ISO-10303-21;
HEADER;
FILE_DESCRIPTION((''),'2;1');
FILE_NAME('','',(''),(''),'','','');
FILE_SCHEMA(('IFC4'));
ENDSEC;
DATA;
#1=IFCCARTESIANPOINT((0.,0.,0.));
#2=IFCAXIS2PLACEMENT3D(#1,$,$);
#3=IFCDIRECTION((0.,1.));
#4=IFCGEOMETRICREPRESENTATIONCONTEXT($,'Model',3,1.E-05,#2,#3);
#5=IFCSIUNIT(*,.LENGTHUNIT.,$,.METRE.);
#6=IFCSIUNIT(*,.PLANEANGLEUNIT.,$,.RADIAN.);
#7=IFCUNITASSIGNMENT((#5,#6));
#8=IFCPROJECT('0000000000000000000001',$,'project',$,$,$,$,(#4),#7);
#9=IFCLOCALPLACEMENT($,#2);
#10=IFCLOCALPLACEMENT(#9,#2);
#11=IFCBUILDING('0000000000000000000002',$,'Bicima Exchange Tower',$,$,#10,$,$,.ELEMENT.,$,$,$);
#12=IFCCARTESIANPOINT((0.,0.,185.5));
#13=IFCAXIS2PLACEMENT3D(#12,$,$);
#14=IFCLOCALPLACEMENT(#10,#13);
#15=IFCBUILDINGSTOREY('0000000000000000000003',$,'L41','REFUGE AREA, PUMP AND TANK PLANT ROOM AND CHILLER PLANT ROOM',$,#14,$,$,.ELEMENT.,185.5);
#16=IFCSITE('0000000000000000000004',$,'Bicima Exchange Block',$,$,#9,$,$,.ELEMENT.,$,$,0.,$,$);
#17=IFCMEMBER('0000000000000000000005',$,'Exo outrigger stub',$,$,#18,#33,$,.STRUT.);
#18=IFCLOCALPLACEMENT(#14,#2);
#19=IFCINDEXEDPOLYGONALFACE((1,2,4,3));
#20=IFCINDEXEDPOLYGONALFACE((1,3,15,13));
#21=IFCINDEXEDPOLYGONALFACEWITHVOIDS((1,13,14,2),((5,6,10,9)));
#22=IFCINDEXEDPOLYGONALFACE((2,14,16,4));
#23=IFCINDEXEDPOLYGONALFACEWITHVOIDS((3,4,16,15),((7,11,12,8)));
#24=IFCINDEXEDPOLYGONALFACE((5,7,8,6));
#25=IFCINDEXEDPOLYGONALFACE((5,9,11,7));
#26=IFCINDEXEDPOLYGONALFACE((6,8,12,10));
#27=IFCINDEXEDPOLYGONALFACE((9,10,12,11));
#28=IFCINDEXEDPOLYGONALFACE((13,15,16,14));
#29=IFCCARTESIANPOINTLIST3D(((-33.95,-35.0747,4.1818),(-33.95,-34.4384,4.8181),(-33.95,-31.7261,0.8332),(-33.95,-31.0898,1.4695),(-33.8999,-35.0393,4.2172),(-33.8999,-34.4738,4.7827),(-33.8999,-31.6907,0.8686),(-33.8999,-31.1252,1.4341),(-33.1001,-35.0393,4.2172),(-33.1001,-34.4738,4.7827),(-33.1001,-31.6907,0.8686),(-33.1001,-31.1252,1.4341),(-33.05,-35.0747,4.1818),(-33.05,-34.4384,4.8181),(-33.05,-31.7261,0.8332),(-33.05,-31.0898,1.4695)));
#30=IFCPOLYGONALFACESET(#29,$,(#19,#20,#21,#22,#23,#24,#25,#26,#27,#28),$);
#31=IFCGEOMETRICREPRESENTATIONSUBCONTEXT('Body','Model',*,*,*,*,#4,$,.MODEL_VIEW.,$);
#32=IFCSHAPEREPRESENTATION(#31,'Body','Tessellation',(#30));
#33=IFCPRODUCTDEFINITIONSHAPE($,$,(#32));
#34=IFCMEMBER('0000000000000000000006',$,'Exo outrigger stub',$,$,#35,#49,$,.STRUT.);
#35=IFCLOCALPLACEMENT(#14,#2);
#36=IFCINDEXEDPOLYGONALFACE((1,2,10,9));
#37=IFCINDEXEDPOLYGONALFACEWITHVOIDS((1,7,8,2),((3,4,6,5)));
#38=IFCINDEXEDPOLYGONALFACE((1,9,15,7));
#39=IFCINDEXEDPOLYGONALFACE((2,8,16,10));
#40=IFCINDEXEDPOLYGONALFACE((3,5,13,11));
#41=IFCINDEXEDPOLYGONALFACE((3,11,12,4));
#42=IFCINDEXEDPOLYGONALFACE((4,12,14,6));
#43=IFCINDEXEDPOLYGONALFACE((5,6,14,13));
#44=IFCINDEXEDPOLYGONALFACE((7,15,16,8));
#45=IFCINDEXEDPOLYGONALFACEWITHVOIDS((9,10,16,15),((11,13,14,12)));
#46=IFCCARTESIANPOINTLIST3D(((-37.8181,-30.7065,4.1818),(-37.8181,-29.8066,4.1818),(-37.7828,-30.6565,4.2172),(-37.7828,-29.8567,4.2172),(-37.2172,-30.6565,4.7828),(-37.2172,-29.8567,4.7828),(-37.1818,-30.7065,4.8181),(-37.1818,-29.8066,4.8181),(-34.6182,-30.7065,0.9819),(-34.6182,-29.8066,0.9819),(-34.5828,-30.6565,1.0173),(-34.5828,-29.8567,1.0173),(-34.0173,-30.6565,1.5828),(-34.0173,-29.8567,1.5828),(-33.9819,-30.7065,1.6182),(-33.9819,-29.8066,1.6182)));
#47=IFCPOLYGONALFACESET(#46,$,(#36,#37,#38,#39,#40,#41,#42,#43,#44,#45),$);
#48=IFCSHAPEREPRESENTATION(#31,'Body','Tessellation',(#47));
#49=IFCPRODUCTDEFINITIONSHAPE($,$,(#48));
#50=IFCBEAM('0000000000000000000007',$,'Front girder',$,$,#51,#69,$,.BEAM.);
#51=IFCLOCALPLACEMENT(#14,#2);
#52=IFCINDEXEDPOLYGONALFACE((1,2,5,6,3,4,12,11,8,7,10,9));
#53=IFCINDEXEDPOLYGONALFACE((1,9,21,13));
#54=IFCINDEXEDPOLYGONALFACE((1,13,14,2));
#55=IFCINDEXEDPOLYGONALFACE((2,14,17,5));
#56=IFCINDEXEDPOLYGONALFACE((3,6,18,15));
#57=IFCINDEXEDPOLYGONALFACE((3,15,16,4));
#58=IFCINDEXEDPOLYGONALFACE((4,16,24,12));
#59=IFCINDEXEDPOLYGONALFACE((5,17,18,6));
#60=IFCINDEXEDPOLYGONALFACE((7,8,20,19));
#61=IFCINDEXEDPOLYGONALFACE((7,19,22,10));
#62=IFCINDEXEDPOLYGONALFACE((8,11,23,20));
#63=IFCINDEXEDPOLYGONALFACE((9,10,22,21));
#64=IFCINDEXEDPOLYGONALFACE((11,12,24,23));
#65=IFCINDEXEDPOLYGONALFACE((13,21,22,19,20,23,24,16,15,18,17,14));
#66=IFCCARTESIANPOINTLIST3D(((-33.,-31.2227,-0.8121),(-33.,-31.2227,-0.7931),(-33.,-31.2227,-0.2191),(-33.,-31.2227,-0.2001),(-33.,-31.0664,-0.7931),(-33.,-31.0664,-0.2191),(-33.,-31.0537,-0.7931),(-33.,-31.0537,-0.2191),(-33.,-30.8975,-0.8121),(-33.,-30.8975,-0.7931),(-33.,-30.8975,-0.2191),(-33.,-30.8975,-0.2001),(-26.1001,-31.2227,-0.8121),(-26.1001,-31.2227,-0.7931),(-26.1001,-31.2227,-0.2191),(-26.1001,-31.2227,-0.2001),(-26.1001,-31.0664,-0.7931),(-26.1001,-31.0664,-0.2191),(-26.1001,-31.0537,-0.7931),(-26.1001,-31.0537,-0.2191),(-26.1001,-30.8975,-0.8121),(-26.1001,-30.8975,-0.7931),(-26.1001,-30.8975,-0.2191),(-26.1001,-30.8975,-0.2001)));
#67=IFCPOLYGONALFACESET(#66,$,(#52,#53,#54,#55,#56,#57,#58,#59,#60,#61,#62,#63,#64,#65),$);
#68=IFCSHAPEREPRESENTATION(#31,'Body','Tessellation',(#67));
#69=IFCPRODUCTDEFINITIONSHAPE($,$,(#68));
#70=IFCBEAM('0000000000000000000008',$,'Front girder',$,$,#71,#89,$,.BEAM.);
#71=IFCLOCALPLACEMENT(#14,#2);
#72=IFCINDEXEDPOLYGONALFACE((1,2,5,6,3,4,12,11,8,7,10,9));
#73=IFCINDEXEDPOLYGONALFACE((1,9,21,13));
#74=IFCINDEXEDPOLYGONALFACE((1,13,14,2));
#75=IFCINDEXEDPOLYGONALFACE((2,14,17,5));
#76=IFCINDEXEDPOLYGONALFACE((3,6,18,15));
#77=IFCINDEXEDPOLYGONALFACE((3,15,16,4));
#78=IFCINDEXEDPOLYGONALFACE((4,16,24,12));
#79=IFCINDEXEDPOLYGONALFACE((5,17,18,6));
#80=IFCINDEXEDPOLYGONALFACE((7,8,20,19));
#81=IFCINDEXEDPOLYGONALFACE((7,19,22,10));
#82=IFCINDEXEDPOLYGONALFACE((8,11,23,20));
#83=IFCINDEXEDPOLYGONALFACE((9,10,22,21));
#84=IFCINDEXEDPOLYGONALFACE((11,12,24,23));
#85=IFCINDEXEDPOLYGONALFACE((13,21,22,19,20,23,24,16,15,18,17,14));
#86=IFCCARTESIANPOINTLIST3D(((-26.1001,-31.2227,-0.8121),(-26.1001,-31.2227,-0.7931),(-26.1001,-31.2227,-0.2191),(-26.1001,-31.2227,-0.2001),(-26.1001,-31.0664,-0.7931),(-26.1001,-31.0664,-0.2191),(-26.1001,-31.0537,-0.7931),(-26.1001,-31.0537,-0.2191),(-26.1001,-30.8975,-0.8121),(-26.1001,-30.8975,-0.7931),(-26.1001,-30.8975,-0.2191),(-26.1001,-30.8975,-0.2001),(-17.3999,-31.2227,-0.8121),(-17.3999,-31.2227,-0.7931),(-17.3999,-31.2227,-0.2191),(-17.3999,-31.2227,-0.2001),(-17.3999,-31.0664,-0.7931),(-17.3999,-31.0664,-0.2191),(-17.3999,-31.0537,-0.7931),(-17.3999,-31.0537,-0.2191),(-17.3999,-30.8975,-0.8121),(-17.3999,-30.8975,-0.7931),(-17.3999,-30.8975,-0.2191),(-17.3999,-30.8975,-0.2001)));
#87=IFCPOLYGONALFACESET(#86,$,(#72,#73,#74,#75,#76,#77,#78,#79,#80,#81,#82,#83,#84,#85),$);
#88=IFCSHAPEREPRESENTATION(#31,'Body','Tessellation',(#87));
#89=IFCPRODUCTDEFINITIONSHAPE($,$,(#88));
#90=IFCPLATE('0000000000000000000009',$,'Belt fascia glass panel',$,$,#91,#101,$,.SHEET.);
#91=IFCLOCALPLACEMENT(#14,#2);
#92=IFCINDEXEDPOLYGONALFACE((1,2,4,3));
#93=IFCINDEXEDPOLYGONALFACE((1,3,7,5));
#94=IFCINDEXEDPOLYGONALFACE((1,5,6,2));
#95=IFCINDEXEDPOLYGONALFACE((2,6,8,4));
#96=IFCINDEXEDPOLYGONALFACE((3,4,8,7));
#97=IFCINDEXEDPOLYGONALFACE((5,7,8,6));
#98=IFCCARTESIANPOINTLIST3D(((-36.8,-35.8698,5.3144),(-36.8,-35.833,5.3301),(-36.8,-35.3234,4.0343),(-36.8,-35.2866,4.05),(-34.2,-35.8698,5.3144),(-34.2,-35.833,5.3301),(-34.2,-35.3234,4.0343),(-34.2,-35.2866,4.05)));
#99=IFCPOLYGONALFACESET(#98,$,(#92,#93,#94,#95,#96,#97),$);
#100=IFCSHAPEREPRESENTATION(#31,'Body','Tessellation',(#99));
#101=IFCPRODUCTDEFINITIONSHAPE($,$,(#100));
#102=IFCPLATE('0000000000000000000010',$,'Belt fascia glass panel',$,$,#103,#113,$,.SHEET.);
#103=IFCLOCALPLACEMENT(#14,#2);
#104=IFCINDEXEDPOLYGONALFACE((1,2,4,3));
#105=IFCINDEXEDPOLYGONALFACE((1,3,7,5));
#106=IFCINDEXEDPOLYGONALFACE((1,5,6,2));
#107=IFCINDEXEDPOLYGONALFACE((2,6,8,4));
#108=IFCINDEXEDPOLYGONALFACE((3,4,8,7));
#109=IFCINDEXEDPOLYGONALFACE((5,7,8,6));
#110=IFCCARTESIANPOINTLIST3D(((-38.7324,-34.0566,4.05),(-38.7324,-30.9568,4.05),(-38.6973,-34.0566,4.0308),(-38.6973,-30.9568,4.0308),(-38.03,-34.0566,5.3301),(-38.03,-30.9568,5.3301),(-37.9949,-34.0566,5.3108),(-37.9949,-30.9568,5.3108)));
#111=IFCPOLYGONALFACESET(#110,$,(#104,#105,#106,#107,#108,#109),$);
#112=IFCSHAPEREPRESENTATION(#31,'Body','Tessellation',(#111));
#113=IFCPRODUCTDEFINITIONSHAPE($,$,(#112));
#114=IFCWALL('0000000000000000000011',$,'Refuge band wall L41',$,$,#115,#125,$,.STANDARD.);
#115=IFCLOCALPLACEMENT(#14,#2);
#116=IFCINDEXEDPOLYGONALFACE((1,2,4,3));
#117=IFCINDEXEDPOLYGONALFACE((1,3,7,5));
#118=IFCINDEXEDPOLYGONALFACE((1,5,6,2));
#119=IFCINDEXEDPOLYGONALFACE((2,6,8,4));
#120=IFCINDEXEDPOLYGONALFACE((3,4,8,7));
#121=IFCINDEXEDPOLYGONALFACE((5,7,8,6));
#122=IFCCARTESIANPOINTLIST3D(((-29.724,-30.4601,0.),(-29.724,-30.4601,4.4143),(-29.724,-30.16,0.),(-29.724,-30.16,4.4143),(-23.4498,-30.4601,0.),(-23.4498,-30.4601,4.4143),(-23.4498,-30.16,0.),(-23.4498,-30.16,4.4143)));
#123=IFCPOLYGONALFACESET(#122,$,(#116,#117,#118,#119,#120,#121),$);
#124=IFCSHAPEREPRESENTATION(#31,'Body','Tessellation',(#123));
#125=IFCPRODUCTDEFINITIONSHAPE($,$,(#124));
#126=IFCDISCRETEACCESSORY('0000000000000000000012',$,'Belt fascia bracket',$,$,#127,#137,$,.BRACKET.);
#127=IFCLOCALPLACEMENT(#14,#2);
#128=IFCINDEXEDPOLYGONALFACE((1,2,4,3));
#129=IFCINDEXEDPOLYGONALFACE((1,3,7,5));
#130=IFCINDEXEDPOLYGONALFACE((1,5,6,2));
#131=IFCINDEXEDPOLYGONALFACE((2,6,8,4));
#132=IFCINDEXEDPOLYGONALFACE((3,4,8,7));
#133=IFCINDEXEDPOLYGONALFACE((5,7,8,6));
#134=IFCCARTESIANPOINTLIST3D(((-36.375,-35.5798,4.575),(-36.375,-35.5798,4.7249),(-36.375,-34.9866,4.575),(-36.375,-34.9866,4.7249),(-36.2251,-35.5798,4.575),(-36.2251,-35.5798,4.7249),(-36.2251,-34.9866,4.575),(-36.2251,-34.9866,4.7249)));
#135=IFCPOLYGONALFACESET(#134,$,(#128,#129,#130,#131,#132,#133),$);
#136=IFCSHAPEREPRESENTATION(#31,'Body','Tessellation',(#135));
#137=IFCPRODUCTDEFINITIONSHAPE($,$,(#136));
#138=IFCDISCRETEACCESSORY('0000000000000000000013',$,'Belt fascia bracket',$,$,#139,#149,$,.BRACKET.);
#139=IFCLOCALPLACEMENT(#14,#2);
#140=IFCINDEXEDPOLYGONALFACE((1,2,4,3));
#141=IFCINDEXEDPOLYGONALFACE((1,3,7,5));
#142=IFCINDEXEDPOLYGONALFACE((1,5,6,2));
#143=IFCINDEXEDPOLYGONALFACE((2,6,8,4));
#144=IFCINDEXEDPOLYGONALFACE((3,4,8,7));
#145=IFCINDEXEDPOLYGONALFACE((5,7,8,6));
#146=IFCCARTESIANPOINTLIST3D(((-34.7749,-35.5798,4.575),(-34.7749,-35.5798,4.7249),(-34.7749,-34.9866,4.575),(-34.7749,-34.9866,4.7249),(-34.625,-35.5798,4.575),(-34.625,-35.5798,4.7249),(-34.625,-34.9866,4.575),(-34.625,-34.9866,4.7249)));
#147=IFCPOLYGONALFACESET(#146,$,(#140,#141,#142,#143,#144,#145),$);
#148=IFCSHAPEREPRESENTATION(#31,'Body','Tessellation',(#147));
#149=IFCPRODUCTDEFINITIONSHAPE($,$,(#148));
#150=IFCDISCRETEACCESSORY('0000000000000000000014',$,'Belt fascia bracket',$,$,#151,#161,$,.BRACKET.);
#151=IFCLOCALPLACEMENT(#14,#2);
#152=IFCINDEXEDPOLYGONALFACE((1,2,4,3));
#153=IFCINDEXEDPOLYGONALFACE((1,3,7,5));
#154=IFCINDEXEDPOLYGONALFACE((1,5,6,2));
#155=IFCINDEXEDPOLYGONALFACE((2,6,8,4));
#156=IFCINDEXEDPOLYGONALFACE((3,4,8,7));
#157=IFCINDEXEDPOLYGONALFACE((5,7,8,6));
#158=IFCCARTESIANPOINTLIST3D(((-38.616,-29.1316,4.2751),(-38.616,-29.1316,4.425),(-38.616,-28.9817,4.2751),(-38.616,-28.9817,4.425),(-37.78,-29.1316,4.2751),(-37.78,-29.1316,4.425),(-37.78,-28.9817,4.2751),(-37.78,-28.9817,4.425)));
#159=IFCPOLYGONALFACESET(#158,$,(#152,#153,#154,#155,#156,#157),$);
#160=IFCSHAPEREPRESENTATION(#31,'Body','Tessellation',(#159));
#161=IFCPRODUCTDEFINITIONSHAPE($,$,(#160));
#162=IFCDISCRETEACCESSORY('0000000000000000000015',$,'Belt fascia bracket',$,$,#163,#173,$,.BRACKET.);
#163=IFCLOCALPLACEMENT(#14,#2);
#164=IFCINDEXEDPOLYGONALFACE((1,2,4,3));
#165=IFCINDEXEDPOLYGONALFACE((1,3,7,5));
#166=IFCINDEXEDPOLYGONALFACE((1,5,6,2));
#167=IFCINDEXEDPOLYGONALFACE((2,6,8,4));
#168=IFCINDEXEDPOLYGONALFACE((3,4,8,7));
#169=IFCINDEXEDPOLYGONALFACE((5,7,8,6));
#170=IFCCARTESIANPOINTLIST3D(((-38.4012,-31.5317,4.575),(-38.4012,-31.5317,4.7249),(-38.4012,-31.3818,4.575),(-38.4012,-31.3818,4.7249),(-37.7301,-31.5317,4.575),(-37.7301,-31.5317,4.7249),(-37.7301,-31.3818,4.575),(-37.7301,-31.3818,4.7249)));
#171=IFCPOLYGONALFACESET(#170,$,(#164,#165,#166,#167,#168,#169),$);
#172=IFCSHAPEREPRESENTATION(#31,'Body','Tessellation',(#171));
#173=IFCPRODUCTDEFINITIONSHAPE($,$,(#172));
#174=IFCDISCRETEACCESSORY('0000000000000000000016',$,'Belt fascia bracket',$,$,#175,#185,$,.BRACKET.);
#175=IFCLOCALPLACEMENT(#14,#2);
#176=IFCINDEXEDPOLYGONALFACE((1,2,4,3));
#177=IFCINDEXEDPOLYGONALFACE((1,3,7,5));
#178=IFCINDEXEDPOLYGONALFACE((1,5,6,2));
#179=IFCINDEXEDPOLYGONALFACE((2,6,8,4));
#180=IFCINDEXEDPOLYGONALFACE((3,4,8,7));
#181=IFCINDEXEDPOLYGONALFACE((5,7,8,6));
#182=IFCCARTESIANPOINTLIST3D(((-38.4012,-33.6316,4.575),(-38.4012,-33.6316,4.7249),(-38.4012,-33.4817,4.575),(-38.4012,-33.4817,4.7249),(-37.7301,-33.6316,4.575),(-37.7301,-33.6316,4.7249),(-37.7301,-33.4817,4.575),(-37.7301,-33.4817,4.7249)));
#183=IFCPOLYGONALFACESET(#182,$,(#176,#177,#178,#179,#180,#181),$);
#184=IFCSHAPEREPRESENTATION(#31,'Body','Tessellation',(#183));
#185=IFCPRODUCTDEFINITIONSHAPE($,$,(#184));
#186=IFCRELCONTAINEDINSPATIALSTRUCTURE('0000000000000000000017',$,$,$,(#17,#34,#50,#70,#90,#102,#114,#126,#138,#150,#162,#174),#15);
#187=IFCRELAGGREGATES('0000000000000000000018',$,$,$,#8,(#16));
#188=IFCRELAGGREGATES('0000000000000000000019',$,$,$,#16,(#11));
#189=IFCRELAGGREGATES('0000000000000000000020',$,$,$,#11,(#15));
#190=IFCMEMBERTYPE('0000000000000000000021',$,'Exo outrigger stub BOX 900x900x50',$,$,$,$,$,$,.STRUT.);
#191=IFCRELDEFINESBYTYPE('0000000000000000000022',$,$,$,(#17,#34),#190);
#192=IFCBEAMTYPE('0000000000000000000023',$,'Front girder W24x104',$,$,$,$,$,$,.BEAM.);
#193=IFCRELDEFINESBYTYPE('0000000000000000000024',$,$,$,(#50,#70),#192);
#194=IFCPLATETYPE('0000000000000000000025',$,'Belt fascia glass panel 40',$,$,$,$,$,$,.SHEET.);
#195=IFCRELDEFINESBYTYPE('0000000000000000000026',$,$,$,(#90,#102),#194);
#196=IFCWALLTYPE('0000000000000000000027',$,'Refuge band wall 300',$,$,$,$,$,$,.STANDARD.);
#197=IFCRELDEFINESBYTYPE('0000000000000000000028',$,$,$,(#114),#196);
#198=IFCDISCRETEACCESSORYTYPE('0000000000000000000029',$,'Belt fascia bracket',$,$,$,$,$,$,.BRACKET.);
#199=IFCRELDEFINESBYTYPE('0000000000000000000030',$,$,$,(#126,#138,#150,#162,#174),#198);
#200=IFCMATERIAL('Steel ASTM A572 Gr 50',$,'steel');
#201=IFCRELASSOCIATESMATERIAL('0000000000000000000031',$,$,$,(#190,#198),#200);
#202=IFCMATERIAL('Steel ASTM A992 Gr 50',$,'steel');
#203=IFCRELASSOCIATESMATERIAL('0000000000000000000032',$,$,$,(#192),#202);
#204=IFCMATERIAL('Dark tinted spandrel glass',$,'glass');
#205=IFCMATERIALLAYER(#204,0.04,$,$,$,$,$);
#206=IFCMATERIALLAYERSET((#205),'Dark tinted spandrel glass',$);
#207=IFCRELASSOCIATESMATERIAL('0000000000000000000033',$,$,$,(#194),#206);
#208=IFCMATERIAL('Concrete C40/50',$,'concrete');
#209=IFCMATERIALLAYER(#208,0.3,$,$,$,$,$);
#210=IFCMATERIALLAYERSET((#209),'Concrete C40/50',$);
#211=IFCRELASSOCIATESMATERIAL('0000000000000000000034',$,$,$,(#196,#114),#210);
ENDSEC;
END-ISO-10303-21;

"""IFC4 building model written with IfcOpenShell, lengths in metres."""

from ifc_helpers import new_model, si_unit, direction, frame, frame_2d, origin, origin_2d, place, context, subcontext, project, spatial, polyline, rectangle, hollow_rectangle, i_section, outline, extrude, material, layer, layer_set, layer_usage, material_profile, profile_set, type_object, element, save


model = new_model("IFC4")

# Units and contexts
model_context = context("Model", 3, precision=1e-05, world=origin(), true_north=direction((0.0, 1.0)))
body_context = subcontext(model_context, "Body", "Model", "MODEL_VIEW")
ifc_project = project(units=[si_unit("LENGTHUNIT", "METRE"), si_unit("PLANEANGLEUNIT", "RADIAN")], contexts=[model_context])

# Site, building, storey
site_placement = place(None, origin())
site = spatial("IfcSite", under=ifc_project, at=site_placement, Name="Bicima Exchange Block", CompositionType="ELEMENT", RefElevation=0.0)
building_placement = place(site_placement, origin())
building = spatial("IfcBuilding", under=site, at=building_placement, Name="Bicima Exchange Tower", CompositionType="ELEMENT")
storey_placement = place(building_placement, frame((0.0, 0.0, 185.5)))
storey = spatial("IfcBuildingStorey", under=building, at=storey_placement, Name="L41", Description="REFUGE AREA, PUMP AND TANK PLANT ROOM AND CHILLER PLANT ROOM", CompositionType="ELEMENT", Elevation=185.5)

# Shared definitions
ifc_material_1 = material(Name="Steel ASTM A572 Gr 50", Category="steel")
ifc_material_2 = material(Name="Steel ASTM A992 Gr 50", Category="steel")

# Members
ifc_material_profile_1 = material_profile(ifc_material_1, hollow_rectangle(XDim=0.8999, YDim=0.8999, WallThickness=0.05, at=origin_2d()))
ifc_profile_set_1 = profile_set([ifc_material_profile_1], Name="Steel ASTM A572 Gr 50")
member_type_1 = type_object("IfcMemberType", Name="Exo outrigger stub BOX 900x900x50", PredefinedType="STRUT", material=ifc_profile_set_1)
member_1_placement = place(storey_placement, frame((-33.5, -31.408, 1.1514), z_axis=(0.0, -0.707107, 0.707107), x_axis=(1.0, 0.0, 0.0)))
element("IfcMember", 1, at=member_1_placement, inside=storey, type_object=member_type_1, Name="Exo outrigger stub", PredefinedType="STRUT", context=body_context, shape_type="SweptSolid", body=[
    extrude(hollow_rectangle(XDim=0.8999, YDim=0.8999, WallThickness=0.05, at=origin_2d()), origin(), (0.0, 0.0, 1.0), 4.7356),
])
member_2_placement = place(storey_placement, frame((-34.3, -30.2566, 1.3), z_axis=(-0.707107, 0.0, 0.707107), x_axis=(0.0, -1.0, 0.0)))
element("IfcMember", 2, at=member_2_placement, inside=storey, type_object=member_type_1, Name="Exo outrigger stub", PredefinedType="STRUT", context=body_context, shape_type="SweptSolid", body=[
    extrude(hollow_rectangle(XDim=0.8999, YDim=0.8999, WallThickness=0.05, at=origin_2d()), origin(), (0.0, 0.0, 1.0), 4.5254),
])

# Beams
ifc_material_profile_2 = material_profile(ifc_material_2, i_section(OverallWidth=0.3252, OverallDepth=0.6121, WebThickness=0.0127, FlangeThickness=0.019, at=origin_2d()))
ifc_profile_set_2 = profile_set([ifc_material_profile_2], Name="Steel ASTM A992 Gr 50")
beam_type_1 = type_object("IfcBeamType", Name="Front girder W24x104", PredefinedType="BEAM", material=ifc_profile_set_2)
beam_1_placement = place(storey_placement, frame((-33.0, -31.0601, -0.5061), z_axis=(1.0, 0.0, 0.0), x_axis=(0.0, 1.0, 0.0)))
element("IfcBeam", 3, at=beam_1_placement, inside=storey, type_object=beam_type_1, Name="Front girder", PredefinedType="BEAM", context=body_context, shape_type="SweptSolid", body=[
    extrude(i_section(OverallWidth=0.3252, OverallDepth=0.6121, WebThickness=0.0127, FlangeThickness=0.019, at=origin_2d()), origin(), (0.0, 0.0, 1.0), 6.8999),
])
beam_2_placement = place(storey_placement, frame((-26.1001, -31.0601, -0.5061), z_axis=(1.0, 0.0, 0.0), x_axis=(0.0, 1.0, 0.0)))
element("IfcBeam", 4, at=beam_2_placement, inside=storey, type_object=beam_type_1, Name="Front girder", PredefinedType="BEAM", context=body_context, shape_type="SweptSolid", body=[
    extrude(i_section(OverallWidth=0.3252, OverallDepth=0.6121, WebThickness=0.0127, FlangeThickness=0.019, at=origin_2d()), origin(), (0.0, 0.0, 1.0), 8.7002),
])

# Plates
ifc_material_3 = material(Name="Dark tinted spandrel glass", Category="glass")
ifc_layer_1 = layer(ifc_material_3, 0.04)
ifc_layer_set_1 = layer_set([ifc_layer_1], Name="Dark tinted spandrel glass")
plate_type = type_object("IfcPlateType", Name="Belt fascia glass panel 40", PredefinedType="SHEET", material=ifc_layer_set_1)
plate_1_placement = place(storey_placement, frame((-36.8, -35.2866, 4.05), z_axis=(0.0, 0.919716, 0.392585), x_axis=(1.0, 0.0, 0.0)))
element("IfcPlate", 5, at=plate_1_placement, inside=storey, type_object=plate_type, Name="Belt fascia glass panel", PredefinedType="SHEET", context=body_context, shape_type="SweptSolid", body=[
    extrude(outline(polyline([(0.0, 0.0), (2.6001, 0.0), (2.6001, -1.3918), (0.0, -1.3918), (0.0, 0.0)])), origin(), (0.0, 0.0, -1.0), 0.04),
])
plate_2_placement = place(storey_placement, frame((-38.7324, -30.9568, 4.05), z_axis=(-0.876685, 0.0, 0.481065), x_axis=(0.0, -1.0, 0.0)))
element("IfcPlate", 6, at=plate_2_placement, inside=storey, type_object=plate_type, Name="Belt fascia glass panel", PredefinedType="SHEET", context=body_context, shape_type="SweptSolid", body=[
    extrude(outline(polyline([(0.0, 0.0), (3.0999, 0.0), (3.0999, 1.4601), (0.0, 1.4601), (0.0, 0.0)])), origin(), (0.0, 0.0, -1.0), 0.04),
])

# Wall
ifc_material_4 = material(Name="Concrete C40/50", Category="concrete")
ifc_layer_2 = layer(ifc_material_4, 0.3)
ifc_layer_set_2 = layer_set([ifc_layer_2], Name="Concrete C40/50")
ifc_layer_usage = layer_usage(ifc_layer_set_2, "AXIS2", "POSITIVE", -0.15)
wall_type = type_object("IfcWallType", Name="Refuge band wall 300", PredefinedType="STANDARD", material=ifc_layer_set_2)
wall_placement = place(storey_placement, frame((-29.7241, -30.3101, 0.0), z_axis=(0.0, 0.0, 1.0), x_axis=(1.0, 0.0, 0.0)))
element("IfcWall", 7, at=wall_placement, inside=storey, type_object=wall_type, material=ifc_layer_usage, Name="Refuge band wall L41", PredefinedType="STANDARD", context=body_context, shape_type="SweptSolid", body=[
    extrude(rectangle(XDim=6.2742, YDim=0.3, at=frame_2d((3.1372, 0.0))), origin(), (0.0, 0.0, 1.0), 4.4143),
])

# Discrete accessories
discrete_accessory_type = type_object("IfcDiscreteAccessoryType", Name="Belt fascia bracket", PredefinedType="BRACKET", material=ifc_material_1)
for number, where, z_axis, x_axis, name in (
    (8, (-36.3, -35.2832, 4.575), (0.0, 0.0, 1.0), (1.0, 0.0, 0.0), "Belt fascia bracket"),
    (9, (-34.7, -35.2832, 4.575), (0.0, 0.0, 1.0), (1.0, 0.0, 0.0), "Belt fascia bracket"),
):
    element("IfcDiscreteAccessory", number, at=place(storey_placement, frame(where, z_axis=z_axis, x_axis=x_axis)), inside=storey, type_object=discrete_accessory_type, Name=name, PredefinedType="BRACKET", context=body_context, shape_type="SweptSolid", body=[
        extrude(rectangle(XDim=0.1499, YDim=0.5933, at=origin_2d()), origin(), (0.0, 0.0, 1.0), 0.1499),
    ])
discrete_accessory_placement = place(storey_placement, frame((-38.198, -29.0566, 4.2751), z_axis=(0.0, 0.0, 1.0), x_axis=(0.0, -1.0, 0.0)))
element("IfcDiscreteAccessory", 10, at=discrete_accessory_placement, inside=storey, type_object=discrete_accessory_type, Name="Belt fascia bracket", PredefinedType="BRACKET", context=body_context, shape_type="SweptSolid", body=[
    extrude(rectangle(XDim=0.1499, YDim=0.8359, at=origin_2d()), origin(), (0.0, 0.0, 1.0), 0.1499),
])
for number, where, z_axis, x_axis, name in (
    (11, (-38.0657, -31.4568, 4.575), (0.0, 0.0, 1.0), (0.0, -1.0, 0.0), "Belt fascia bracket"),
    (12, (-38.0657, -33.5566, 4.575), (0.0, 0.0, 1.0), (0.0, -1.0, 0.0), "Belt fascia bracket"),
):
    element("IfcDiscreteAccessory", number, at=place(storey_placement, frame(where, z_axis=z_axis, x_axis=x_axis)), inside=storey, type_object=discrete_accessory_type, Name=name, PredefinedType="BRACKET", context=body_context, shape_type="SweptSolid", body=[
        extrude(rectangle(XDim=0.1499, YDim=0.6711, at=origin_2d()), origin(), (0.0, 0.0, 1.0), 0.1499),
    ])

save(model, "model.ifc")
